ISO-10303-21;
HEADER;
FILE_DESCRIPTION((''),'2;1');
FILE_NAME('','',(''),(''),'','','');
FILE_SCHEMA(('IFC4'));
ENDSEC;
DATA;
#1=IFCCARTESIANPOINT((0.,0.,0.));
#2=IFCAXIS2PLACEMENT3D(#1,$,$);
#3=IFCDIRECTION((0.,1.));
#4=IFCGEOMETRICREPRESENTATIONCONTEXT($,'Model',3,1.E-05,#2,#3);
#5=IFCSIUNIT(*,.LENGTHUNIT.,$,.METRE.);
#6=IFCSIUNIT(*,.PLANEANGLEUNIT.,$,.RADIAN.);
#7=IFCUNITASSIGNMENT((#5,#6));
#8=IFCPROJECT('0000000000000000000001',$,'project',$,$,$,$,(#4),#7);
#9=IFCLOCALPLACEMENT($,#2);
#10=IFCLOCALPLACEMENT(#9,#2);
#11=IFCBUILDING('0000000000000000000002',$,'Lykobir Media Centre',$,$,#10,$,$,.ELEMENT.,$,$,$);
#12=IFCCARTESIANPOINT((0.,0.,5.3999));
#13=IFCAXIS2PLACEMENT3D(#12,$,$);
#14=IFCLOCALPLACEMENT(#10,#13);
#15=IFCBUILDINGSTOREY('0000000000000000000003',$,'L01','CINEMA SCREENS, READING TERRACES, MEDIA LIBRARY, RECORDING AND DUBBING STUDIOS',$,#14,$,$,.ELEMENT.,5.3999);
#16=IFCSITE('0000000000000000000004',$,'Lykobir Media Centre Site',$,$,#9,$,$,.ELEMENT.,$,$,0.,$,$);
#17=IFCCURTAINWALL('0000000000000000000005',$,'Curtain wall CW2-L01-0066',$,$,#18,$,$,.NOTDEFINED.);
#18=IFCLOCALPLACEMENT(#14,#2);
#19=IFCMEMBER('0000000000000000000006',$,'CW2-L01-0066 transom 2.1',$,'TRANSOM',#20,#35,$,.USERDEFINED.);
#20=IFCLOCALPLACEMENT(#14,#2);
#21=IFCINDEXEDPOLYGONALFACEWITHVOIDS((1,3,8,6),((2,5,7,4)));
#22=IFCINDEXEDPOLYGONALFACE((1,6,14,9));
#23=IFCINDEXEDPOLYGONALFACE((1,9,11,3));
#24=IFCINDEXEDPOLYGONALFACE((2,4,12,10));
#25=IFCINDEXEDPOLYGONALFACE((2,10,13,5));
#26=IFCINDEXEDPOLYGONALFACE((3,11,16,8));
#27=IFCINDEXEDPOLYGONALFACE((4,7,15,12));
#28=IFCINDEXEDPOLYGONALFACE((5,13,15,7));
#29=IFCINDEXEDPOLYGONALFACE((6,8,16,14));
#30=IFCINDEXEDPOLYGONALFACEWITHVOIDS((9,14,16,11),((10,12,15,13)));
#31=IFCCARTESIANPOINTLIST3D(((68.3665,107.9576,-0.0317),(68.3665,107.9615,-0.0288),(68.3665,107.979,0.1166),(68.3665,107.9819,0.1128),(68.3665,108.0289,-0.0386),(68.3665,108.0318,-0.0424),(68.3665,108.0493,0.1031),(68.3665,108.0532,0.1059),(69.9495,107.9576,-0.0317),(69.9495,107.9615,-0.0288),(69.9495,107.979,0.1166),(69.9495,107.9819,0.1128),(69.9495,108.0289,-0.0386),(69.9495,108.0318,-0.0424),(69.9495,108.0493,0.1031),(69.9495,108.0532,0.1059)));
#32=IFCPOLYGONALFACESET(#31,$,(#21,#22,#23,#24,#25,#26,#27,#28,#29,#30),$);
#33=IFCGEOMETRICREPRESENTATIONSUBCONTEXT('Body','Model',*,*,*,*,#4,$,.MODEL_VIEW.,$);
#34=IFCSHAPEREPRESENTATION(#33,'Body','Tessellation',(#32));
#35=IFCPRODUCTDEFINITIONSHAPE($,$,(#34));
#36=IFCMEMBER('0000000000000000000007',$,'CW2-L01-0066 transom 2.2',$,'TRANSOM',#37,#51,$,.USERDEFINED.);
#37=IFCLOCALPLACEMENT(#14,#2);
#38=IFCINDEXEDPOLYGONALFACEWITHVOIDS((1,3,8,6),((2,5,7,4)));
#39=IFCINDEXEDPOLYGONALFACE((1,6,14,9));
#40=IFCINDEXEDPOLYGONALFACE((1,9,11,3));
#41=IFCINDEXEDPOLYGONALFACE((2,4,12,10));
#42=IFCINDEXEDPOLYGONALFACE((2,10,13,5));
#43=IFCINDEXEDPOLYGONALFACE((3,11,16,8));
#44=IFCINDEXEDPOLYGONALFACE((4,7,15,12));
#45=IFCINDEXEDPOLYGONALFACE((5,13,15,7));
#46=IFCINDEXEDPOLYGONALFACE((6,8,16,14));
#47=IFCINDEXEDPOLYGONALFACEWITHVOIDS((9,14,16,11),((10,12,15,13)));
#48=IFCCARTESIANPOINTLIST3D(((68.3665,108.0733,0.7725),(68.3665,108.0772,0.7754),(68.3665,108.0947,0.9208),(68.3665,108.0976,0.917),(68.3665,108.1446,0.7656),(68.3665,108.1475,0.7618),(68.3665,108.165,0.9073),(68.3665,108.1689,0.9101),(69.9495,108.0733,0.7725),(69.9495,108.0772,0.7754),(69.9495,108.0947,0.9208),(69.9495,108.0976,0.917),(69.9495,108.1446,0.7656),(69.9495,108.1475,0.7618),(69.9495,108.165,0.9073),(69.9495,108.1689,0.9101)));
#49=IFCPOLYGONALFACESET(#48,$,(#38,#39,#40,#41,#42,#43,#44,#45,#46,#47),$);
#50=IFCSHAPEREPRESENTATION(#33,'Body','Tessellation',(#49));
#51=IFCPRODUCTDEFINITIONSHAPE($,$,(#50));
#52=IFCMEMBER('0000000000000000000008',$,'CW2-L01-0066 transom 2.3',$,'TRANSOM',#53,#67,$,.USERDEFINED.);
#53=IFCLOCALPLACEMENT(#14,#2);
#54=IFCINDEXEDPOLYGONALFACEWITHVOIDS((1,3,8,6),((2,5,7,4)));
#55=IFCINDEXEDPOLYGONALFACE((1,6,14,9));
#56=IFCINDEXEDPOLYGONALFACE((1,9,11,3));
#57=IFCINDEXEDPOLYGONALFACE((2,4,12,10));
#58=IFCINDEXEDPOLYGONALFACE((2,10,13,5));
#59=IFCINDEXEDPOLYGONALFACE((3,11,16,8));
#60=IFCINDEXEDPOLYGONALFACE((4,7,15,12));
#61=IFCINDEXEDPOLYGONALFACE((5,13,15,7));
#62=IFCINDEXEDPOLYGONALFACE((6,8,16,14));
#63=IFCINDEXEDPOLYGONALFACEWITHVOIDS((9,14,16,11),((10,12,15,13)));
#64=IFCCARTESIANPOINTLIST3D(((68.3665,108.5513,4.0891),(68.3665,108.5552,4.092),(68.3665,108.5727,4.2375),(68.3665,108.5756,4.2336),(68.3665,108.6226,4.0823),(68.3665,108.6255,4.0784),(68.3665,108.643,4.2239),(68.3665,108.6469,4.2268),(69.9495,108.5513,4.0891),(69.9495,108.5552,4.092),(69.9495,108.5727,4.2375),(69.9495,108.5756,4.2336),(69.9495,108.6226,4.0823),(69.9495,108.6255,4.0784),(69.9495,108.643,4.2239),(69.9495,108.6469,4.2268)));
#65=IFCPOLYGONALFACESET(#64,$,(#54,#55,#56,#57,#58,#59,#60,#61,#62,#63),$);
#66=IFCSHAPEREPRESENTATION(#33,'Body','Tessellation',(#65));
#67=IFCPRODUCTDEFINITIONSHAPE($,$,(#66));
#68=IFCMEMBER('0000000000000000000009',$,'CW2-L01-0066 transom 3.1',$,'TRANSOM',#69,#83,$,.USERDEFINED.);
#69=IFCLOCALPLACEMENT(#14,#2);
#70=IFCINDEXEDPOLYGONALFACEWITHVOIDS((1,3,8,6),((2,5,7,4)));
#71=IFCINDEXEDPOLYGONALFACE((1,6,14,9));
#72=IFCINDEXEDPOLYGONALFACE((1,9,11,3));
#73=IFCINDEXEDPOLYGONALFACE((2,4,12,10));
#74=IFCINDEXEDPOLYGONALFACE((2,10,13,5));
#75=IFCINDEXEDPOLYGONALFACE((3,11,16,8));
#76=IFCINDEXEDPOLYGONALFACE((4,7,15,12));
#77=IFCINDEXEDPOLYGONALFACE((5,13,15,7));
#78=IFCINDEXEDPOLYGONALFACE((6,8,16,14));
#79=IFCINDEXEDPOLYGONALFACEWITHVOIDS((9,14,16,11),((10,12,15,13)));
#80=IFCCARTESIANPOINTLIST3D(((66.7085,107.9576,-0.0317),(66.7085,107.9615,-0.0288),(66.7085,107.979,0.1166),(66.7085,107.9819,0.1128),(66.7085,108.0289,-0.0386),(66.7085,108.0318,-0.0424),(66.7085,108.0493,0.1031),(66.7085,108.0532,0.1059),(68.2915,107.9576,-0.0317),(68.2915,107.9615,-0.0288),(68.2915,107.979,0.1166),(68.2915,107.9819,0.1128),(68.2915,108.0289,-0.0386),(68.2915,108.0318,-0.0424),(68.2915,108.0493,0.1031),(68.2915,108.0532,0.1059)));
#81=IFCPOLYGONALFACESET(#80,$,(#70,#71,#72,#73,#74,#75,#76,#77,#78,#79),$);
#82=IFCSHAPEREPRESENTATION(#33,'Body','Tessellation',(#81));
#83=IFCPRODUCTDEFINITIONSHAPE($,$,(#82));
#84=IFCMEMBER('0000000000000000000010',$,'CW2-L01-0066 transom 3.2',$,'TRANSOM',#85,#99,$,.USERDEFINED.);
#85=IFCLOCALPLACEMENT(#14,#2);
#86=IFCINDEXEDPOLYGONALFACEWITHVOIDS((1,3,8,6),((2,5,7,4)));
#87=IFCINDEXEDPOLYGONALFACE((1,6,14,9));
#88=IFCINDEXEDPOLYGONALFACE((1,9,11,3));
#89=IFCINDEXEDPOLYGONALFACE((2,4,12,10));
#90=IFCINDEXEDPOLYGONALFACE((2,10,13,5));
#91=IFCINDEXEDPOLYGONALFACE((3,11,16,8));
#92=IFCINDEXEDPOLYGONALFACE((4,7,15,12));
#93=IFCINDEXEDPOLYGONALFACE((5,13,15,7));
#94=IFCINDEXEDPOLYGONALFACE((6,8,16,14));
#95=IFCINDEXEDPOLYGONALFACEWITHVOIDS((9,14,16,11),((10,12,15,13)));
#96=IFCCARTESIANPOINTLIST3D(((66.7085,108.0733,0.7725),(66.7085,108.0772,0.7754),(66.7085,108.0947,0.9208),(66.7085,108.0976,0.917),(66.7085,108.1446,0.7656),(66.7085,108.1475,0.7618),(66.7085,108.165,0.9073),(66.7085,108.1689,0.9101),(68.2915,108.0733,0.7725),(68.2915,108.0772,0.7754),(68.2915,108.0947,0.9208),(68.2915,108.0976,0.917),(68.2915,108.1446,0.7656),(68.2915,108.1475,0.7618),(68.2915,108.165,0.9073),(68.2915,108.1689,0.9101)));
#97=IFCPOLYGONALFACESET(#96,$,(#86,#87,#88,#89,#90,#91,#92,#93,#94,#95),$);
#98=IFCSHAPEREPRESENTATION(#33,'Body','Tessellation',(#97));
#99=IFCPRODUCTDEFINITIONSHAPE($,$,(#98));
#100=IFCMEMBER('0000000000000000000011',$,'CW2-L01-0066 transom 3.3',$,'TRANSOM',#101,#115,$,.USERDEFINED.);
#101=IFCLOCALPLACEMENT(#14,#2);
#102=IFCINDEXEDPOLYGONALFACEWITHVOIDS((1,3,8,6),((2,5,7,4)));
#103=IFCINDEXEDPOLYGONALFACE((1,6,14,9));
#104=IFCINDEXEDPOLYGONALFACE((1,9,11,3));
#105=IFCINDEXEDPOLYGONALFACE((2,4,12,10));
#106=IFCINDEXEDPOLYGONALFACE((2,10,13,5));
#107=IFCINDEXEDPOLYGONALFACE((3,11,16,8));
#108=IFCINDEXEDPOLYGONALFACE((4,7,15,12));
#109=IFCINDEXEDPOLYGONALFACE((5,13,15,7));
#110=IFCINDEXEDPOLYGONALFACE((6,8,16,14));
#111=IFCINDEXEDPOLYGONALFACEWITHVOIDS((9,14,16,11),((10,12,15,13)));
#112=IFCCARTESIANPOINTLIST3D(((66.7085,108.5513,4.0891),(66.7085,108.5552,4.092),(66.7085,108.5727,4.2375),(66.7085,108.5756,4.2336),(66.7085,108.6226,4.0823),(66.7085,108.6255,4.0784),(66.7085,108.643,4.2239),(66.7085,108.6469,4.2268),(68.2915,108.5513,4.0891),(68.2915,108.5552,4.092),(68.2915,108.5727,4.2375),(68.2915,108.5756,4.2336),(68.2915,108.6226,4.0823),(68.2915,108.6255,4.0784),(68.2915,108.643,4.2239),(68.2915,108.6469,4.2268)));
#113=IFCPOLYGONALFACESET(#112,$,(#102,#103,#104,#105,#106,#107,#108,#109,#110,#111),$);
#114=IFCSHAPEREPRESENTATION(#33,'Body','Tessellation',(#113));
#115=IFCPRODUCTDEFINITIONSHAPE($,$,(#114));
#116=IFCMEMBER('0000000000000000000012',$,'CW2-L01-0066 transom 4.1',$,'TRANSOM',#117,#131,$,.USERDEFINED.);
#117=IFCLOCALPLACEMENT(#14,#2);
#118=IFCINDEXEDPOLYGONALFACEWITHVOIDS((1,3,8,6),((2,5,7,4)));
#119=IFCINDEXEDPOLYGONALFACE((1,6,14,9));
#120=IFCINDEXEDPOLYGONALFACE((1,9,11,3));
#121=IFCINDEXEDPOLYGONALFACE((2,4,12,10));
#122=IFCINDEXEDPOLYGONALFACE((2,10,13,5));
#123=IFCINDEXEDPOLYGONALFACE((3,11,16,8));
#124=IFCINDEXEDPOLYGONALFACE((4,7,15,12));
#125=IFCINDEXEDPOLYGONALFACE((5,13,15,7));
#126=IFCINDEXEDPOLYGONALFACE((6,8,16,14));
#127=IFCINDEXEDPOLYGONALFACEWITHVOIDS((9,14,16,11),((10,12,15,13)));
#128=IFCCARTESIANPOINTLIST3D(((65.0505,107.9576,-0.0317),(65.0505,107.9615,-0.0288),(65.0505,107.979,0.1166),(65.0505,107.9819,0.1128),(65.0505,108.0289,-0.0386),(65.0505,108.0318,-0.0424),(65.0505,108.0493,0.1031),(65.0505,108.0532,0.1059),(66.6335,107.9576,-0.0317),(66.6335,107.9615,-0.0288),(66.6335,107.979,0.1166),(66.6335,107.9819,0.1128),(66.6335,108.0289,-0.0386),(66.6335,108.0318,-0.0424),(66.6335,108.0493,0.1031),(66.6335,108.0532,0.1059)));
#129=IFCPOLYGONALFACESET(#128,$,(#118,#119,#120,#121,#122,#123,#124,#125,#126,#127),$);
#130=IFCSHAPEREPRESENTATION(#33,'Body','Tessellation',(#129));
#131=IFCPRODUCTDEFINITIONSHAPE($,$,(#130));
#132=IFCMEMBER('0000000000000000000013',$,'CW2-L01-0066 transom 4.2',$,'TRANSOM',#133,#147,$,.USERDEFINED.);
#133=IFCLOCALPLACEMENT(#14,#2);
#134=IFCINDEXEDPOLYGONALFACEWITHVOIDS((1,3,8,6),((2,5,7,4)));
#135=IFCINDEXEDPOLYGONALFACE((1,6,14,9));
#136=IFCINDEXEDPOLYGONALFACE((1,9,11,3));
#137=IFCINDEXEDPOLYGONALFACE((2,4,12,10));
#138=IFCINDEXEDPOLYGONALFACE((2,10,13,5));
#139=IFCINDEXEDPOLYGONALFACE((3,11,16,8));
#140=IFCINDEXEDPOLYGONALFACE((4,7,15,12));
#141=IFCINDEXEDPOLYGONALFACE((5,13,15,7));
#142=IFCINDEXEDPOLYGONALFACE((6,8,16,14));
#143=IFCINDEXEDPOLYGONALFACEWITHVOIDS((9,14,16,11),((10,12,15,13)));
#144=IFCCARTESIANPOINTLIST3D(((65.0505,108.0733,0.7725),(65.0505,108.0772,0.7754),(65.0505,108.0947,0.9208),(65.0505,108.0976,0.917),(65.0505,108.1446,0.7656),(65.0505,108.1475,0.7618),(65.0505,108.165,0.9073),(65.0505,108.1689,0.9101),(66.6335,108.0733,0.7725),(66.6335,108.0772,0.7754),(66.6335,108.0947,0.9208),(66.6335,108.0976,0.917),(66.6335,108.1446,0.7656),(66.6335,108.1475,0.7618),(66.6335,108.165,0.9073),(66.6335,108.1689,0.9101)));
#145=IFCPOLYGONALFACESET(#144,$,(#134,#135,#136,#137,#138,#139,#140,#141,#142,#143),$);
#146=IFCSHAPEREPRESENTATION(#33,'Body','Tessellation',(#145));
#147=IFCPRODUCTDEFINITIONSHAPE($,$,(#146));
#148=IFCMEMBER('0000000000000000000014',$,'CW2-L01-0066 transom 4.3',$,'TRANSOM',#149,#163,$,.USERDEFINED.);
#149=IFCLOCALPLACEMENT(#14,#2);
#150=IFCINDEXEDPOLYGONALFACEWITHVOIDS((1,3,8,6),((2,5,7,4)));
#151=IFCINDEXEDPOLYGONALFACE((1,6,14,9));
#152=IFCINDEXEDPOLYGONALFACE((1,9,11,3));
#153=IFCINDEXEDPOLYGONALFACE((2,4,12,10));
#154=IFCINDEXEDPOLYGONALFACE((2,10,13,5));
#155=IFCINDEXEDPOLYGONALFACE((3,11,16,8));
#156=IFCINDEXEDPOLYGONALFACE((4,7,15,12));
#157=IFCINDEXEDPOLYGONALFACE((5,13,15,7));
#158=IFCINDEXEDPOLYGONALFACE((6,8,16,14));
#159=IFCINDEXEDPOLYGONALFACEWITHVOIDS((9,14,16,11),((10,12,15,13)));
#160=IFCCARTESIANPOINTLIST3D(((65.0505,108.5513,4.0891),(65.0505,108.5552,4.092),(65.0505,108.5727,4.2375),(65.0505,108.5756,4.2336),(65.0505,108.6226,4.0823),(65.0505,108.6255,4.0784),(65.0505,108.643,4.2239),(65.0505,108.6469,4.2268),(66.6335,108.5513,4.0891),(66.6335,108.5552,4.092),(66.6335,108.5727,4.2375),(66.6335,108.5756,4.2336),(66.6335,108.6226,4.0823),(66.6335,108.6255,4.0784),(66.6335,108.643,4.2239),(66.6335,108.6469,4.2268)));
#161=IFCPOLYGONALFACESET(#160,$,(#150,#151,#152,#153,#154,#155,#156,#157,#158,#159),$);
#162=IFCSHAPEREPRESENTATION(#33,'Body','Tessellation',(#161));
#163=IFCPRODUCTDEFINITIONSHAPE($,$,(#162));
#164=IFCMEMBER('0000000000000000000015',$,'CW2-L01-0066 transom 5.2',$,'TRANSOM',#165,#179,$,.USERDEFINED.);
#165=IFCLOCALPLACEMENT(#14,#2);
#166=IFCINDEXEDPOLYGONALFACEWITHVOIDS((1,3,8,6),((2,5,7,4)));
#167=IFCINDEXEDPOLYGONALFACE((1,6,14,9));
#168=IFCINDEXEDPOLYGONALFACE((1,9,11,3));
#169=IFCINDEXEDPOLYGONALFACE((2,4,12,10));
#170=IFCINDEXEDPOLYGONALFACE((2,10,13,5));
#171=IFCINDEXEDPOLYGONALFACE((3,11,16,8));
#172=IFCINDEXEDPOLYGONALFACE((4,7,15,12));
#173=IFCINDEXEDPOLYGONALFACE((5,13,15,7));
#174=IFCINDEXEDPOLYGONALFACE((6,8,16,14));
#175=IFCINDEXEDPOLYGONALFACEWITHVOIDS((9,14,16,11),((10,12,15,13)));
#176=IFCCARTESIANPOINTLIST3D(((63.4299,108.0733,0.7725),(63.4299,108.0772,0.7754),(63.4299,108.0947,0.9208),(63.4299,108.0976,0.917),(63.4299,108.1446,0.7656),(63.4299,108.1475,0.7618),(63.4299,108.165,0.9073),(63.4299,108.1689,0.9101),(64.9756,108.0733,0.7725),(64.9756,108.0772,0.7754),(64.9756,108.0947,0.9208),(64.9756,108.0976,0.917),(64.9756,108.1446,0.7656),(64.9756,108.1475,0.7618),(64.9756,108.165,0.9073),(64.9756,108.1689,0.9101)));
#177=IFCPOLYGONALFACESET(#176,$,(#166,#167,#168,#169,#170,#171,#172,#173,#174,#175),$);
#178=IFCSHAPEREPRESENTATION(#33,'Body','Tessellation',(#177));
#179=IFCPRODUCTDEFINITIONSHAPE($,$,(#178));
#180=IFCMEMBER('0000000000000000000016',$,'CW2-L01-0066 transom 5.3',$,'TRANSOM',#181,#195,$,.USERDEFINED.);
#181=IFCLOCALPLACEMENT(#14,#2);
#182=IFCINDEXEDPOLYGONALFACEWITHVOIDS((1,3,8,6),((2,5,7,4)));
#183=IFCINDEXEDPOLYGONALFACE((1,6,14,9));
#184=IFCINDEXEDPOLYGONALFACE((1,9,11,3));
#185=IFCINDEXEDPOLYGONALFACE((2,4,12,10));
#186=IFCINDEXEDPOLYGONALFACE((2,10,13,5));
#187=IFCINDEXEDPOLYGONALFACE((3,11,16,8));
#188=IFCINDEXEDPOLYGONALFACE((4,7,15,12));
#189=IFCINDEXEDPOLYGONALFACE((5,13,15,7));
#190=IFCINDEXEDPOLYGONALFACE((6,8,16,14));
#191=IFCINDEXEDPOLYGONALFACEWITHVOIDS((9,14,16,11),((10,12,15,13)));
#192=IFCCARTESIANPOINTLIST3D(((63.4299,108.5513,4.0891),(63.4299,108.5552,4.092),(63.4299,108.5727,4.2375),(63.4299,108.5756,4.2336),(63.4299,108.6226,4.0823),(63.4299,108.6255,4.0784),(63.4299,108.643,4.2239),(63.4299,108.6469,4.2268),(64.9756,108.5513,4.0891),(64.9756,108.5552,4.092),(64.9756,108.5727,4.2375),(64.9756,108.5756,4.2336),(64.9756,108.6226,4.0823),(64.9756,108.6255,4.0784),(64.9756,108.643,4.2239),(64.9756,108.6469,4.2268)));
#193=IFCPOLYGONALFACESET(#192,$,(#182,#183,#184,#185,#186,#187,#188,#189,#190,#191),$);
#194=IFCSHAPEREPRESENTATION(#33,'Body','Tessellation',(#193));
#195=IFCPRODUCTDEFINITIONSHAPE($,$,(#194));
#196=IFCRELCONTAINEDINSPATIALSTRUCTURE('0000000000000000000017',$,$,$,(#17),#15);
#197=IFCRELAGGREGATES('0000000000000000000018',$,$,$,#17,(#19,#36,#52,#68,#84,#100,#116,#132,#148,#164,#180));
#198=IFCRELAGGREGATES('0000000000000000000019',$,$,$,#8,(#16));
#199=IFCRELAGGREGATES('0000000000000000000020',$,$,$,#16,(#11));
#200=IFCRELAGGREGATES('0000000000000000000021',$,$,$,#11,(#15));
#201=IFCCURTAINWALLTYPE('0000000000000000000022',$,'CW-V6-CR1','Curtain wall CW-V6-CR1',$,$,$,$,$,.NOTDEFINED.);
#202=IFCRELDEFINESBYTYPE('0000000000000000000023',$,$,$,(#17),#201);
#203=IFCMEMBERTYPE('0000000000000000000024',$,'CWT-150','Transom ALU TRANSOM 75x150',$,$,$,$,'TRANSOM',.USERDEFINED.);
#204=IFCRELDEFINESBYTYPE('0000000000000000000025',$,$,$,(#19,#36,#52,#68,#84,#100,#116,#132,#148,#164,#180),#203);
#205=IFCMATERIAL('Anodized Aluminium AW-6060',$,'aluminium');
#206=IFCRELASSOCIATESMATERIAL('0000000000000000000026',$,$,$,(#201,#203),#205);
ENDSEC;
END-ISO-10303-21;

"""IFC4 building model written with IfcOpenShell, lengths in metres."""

from ifc_helpers import new_model, si_unit, direction, frame, origin, origin_2d, place, context, subcontext, project, spatial, hollow_rectangle, extrude, material, material_profile, profile_set, type_object, element, aggregate, save


model = new_model("IFC4")

# Units and contexts
model_context = context("Model", 3, precision=1e-05, world=origin(), true_north=direction((0.0, 1.0)))
body_context = subcontext(model_context, "Body", "Model", "MODEL_VIEW")
ifc_project = project(units=[si_unit("LENGTHUNIT", "METRE"), si_unit("PLANEANGLEUNIT", "RADIAN")], contexts=[model_context])

# Site, building, storey
site_placement = place(None, origin())
site = spatial("IfcSite", under=ifc_project, at=site_placement, Name="Lykobir Media Centre Site", CompositionType="ELEMENT", RefElevation=0.0)
building_placement = place(site_placement, origin())
building = spatial("IfcBuilding", under=site, at=building_placement, Name="Lykobir Media Centre", CompositionType="ELEMENT")
storey_placement = place(building_placement, frame((0.0, 0.0, 5.3999)))
storey = spatial("IfcBuildingStorey", under=building, at=storey_placement, Name="L01", Description="CINEMA SCREENS, READING TERRACES, MEDIA LIBRARY, RECORDING AND DUBBING STUDIOS", CompositionType="ELEMENT", Elevation=5.3999)

# Curtain wall, members
ifc_material_1 = material(Name="Anodized Aluminium AW-6060", Category="aluminium")
curtain_wall_type = type_object("IfcCurtainWallType", Name="CW-V6-CR1", Description="Curtain wall CW-V6-CR1", PredefinedType="NOTDEFINED", material=ifc_material_1)
ifc_material_profile = material_profile(ifc_material_1, hollow_rectangle(XDim=0.075, YDim=0.1499, WallThickness=0.0034, at=origin_2d()), Name="ALU TRANSOM 75x150")
ifc_profile_set = profile_set([ifc_material_profile], Name="Anodized Aluminium AW-6060")
member_type = type_object("IfcMemberType", Name="CWT-150", Description="Transom ALU TRANSOM 75x150", ElementType="TRANSOM", PredefinedType="USERDEFINED", material=ifc_profile_set)
curtain_wall_1_placement = place(storey_placement, origin())
curtain_wall_1 = element("IfcCurtainWall", 1, at=curtain_wall_1_placement, inside=storey, type_object=curtain_wall_type, Name="Curtain wall CW2-L01-0066", PredefinedType="NOTDEFINED")
member_1_placement = place(storey_placement, frame((69.9495, 108.0054, 0.0371), z_axis=(-1.0, 0.0, 0.0), x_axis=(0.0, -0.989776, 0.142629)))
member_1 = element("IfcMember", 2, at=member_1_placement, type_object=member_type, Name="CW2-L01-0066 transom 2.1", ObjectType="TRANSOM", PredefinedType="USERDEFINED", context=body_context, shape_type="SweptSolid", body=[
    extrude(hollow_rectangle(XDim=0.075, YDim=0.1499, WallThickness=0.0034, at=origin_2d()), origin(), (0.0, 0.0, 1.0), 1.583),
])
member_2_placement = place(storey_placement, frame((69.9495, 108.1211, 0.8413), z_axis=(-1.0, 0.0, 0.0), x_axis=(0.0, -0.989776, 0.142629)))
member_2 = element("IfcMember", 3, at=member_2_placement, type_object=member_type, Name="CW2-L01-0066 transom 2.2", ObjectType="TRANSOM", PredefinedType="USERDEFINED", context=body_context, shape_type="SweptSolid", body=[
    extrude(hollow_rectangle(XDim=0.075, YDim=0.1499, WallThickness=0.0034, at=origin_2d()), origin(), (0.0, 0.0, 1.0), 1.583),
])
member_3_placement = place(storey_placement, frame((69.9495, 108.5991, 4.158), z_axis=(-1.0, 0.0, 0.0), x_axis=(0.0, -0.989776, 0.142629)))
member_3 = element("IfcMember", 4, at=member_3_placement, type_object=member_type, Name="CW2-L01-0066 transom 2.3", ObjectType="TRANSOM", PredefinedType="USERDEFINED", context=body_context, shape_type="SweptSolid", body=[
    extrude(hollow_rectangle(XDim=0.075, YDim=0.1499, WallThickness=0.0034, at=origin_2d()), origin(), (0.0, 0.0, 1.0), 1.583),
])
member_4_placement = place(storey_placement, frame((68.2915, 108.0054, 0.0371), z_axis=(-1.0, 0.0, 0.0), x_axis=(0.0, -0.989776, 0.142629)))
member_4 = element("IfcMember", 5, at=member_4_placement, type_object=member_type, Name="CW2-L01-0066 transom 3.1", ObjectType="TRANSOM", PredefinedType="USERDEFINED", context=body_context, shape_type="SweptSolid", body=[
    extrude(hollow_rectangle(XDim=0.075, YDim=0.1499, WallThickness=0.0034, at=origin_2d()), origin(), (0.0, 0.0, 1.0), 1.583),
])
member_5_placement = place(storey_placement, frame((68.2915, 108.1211, 0.8413), z_axis=(-1.0, 0.0, 0.0), x_axis=(0.0, -0.989776, 0.142629)))
member_5 = element("IfcMember", 6, at=member_5_placement, type_object=member_type, Name="CW2-L01-0066 transom 3.2", ObjectType="TRANSOM", PredefinedType="USERDEFINED", context=body_context, shape_type="SweptSolid", body=[
    extrude(hollow_rectangle(XDim=0.075, YDim=0.1499, WallThickness=0.0034, at=origin_2d()), origin(), (0.0, 0.0, 1.0), 1.583),
])
member_6_placement = place(storey_placement, frame((68.2915, 108.5991, 4.158), z_axis=(-1.0, 0.0, 0.0), x_axis=(0.0, -0.989776, 0.142629)))
member_6 = element("IfcMember", 7, at=member_6_placement, type_object=member_type, Name="CW2-L01-0066 transom 3.3", ObjectType="TRANSOM", PredefinedType="USERDEFINED", context=body_context, shape_type="SweptSolid", body=[
    extrude(hollow_rectangle(XDim=0.075, YDim=0.1499, WallThickness=0.0034, at=origin_2d()), origin(), (0.0, 0.0, 1.0), 1.583),
])
member_7_placement = place(storey_placement, frame((66.6335, 108.0054, 0.0371), z_axis=(-1.0, 0.0, 0.0), x_axis=(0.0, -0.989776, 0.142629)))
member_7 = element("IfcMember", 8, at=member_7_placement, type_object=member_type, Name="CW2-L01-0066 transom 4.1", ObjectType="TRANSOM", PredefinedType="USERDEFINED", context=body_context, shape_type="SweptSolid", body=[
    extrude(hollow_rectangle(XDim=0.075, YDim=0.1499, WallThickness=0.0034, at=origin_2d()), origin(), (0.0, 0.0, 1.0), 1.583),
])
member_8_placement = place(storey_placement, frame((66.6335, 108.1211, 0.8413), z_axis=(-1.0, 0.0, 0.0), x_axis=(0.0, -0.989776, 0.142629)))
member_8 = element("IfcMember", 9, at=member_8_placement, type_object=member_type, Name="CW2-L01-0066 transom 4.2", ObjectType="TRANSOM", PredefinedType="USERDEFINED", context=body_context, shape_type="SweptSolid", body=[
    extrude(hollow_rectangle(XDim=0.075, YDim=0.1499, WallThickness=0.0034, at=origin_2d()), origin(), (0.0, 0.0, 1.0), 1.583),
])
member_9_placement = place(storey_placement, frame((66.6335, 108.5991, 4.158), z_axis=(-1.0, 0.0, 0.0), x_axis=(0.0, -0.989776, 0.142629)))
member_9 = element("IfcMember", 10, at=member_9_placement, type_object=member_type, Name="CW2-L01-0066 transom 4.3", ObjectType="TRANSOM", PredefinedType="USERDEFINED", context=body_context, shape_type="SweptSolid", body=[
    extrude(hollow_rectangle(XDim=0.075, YDim=0.1499, WallThickness=0.0034, at=origin_2d()), origin(), (0.0, 0.0, 1.0), 1.583),
])
member_10_placement = place(storey_placement, frame((64.9756, 108.1211, 0.8413), z_axis=(-1.0, 0.0, 0.0), x_axis=(0.0, -0.989776, 0.142629)))
member_10 = element("IfcMember", 11, at=member_10_placement, type_object=member_type, Name="CW2-L01-0066 transom 5.2", ObjectType="TRANSOM", PredefinedType="USERDEFINED", context=body_context, shape_type="SweptSolid", body=[
    extrude(hollow_rectangle(XDim=0.075, YDim=0.1499, WallThickness=0.0034, at=origin_2d()), origin(), (0.0, 0.0, 1.0), 1.5457),
])
member_11_placement = place(storey_placement, frame((64.9756, 108.5991, 4.158), z_axis=(-1.0, 0.0, 0.0), x_axis=(0.0, -0.989776, 0.142629)))
member_11 = element("IfcMember", 12, at=member_11_placement, type_object=member_type, Name="CW2-L01-0066 transom 5.3", ObjectType="TRANSOM", PredefinedType="USERDEFINED", context=body_context, shape_type="SweptSolid", body=[
    extrude(hollow_rectangle(XDim=0.075, YDim=0.1499, WallThickness=0.0034, at=origin_2d()), origin(), (0.0, 0.0, 1.0), 1.5457),
])

aggregate(curtain_wall_1, [member_1, member_2, member_3, member_4, member_5, member_6, member_7, member_8, member_9, member_10, member_11])

save(model, "model.ifc")
